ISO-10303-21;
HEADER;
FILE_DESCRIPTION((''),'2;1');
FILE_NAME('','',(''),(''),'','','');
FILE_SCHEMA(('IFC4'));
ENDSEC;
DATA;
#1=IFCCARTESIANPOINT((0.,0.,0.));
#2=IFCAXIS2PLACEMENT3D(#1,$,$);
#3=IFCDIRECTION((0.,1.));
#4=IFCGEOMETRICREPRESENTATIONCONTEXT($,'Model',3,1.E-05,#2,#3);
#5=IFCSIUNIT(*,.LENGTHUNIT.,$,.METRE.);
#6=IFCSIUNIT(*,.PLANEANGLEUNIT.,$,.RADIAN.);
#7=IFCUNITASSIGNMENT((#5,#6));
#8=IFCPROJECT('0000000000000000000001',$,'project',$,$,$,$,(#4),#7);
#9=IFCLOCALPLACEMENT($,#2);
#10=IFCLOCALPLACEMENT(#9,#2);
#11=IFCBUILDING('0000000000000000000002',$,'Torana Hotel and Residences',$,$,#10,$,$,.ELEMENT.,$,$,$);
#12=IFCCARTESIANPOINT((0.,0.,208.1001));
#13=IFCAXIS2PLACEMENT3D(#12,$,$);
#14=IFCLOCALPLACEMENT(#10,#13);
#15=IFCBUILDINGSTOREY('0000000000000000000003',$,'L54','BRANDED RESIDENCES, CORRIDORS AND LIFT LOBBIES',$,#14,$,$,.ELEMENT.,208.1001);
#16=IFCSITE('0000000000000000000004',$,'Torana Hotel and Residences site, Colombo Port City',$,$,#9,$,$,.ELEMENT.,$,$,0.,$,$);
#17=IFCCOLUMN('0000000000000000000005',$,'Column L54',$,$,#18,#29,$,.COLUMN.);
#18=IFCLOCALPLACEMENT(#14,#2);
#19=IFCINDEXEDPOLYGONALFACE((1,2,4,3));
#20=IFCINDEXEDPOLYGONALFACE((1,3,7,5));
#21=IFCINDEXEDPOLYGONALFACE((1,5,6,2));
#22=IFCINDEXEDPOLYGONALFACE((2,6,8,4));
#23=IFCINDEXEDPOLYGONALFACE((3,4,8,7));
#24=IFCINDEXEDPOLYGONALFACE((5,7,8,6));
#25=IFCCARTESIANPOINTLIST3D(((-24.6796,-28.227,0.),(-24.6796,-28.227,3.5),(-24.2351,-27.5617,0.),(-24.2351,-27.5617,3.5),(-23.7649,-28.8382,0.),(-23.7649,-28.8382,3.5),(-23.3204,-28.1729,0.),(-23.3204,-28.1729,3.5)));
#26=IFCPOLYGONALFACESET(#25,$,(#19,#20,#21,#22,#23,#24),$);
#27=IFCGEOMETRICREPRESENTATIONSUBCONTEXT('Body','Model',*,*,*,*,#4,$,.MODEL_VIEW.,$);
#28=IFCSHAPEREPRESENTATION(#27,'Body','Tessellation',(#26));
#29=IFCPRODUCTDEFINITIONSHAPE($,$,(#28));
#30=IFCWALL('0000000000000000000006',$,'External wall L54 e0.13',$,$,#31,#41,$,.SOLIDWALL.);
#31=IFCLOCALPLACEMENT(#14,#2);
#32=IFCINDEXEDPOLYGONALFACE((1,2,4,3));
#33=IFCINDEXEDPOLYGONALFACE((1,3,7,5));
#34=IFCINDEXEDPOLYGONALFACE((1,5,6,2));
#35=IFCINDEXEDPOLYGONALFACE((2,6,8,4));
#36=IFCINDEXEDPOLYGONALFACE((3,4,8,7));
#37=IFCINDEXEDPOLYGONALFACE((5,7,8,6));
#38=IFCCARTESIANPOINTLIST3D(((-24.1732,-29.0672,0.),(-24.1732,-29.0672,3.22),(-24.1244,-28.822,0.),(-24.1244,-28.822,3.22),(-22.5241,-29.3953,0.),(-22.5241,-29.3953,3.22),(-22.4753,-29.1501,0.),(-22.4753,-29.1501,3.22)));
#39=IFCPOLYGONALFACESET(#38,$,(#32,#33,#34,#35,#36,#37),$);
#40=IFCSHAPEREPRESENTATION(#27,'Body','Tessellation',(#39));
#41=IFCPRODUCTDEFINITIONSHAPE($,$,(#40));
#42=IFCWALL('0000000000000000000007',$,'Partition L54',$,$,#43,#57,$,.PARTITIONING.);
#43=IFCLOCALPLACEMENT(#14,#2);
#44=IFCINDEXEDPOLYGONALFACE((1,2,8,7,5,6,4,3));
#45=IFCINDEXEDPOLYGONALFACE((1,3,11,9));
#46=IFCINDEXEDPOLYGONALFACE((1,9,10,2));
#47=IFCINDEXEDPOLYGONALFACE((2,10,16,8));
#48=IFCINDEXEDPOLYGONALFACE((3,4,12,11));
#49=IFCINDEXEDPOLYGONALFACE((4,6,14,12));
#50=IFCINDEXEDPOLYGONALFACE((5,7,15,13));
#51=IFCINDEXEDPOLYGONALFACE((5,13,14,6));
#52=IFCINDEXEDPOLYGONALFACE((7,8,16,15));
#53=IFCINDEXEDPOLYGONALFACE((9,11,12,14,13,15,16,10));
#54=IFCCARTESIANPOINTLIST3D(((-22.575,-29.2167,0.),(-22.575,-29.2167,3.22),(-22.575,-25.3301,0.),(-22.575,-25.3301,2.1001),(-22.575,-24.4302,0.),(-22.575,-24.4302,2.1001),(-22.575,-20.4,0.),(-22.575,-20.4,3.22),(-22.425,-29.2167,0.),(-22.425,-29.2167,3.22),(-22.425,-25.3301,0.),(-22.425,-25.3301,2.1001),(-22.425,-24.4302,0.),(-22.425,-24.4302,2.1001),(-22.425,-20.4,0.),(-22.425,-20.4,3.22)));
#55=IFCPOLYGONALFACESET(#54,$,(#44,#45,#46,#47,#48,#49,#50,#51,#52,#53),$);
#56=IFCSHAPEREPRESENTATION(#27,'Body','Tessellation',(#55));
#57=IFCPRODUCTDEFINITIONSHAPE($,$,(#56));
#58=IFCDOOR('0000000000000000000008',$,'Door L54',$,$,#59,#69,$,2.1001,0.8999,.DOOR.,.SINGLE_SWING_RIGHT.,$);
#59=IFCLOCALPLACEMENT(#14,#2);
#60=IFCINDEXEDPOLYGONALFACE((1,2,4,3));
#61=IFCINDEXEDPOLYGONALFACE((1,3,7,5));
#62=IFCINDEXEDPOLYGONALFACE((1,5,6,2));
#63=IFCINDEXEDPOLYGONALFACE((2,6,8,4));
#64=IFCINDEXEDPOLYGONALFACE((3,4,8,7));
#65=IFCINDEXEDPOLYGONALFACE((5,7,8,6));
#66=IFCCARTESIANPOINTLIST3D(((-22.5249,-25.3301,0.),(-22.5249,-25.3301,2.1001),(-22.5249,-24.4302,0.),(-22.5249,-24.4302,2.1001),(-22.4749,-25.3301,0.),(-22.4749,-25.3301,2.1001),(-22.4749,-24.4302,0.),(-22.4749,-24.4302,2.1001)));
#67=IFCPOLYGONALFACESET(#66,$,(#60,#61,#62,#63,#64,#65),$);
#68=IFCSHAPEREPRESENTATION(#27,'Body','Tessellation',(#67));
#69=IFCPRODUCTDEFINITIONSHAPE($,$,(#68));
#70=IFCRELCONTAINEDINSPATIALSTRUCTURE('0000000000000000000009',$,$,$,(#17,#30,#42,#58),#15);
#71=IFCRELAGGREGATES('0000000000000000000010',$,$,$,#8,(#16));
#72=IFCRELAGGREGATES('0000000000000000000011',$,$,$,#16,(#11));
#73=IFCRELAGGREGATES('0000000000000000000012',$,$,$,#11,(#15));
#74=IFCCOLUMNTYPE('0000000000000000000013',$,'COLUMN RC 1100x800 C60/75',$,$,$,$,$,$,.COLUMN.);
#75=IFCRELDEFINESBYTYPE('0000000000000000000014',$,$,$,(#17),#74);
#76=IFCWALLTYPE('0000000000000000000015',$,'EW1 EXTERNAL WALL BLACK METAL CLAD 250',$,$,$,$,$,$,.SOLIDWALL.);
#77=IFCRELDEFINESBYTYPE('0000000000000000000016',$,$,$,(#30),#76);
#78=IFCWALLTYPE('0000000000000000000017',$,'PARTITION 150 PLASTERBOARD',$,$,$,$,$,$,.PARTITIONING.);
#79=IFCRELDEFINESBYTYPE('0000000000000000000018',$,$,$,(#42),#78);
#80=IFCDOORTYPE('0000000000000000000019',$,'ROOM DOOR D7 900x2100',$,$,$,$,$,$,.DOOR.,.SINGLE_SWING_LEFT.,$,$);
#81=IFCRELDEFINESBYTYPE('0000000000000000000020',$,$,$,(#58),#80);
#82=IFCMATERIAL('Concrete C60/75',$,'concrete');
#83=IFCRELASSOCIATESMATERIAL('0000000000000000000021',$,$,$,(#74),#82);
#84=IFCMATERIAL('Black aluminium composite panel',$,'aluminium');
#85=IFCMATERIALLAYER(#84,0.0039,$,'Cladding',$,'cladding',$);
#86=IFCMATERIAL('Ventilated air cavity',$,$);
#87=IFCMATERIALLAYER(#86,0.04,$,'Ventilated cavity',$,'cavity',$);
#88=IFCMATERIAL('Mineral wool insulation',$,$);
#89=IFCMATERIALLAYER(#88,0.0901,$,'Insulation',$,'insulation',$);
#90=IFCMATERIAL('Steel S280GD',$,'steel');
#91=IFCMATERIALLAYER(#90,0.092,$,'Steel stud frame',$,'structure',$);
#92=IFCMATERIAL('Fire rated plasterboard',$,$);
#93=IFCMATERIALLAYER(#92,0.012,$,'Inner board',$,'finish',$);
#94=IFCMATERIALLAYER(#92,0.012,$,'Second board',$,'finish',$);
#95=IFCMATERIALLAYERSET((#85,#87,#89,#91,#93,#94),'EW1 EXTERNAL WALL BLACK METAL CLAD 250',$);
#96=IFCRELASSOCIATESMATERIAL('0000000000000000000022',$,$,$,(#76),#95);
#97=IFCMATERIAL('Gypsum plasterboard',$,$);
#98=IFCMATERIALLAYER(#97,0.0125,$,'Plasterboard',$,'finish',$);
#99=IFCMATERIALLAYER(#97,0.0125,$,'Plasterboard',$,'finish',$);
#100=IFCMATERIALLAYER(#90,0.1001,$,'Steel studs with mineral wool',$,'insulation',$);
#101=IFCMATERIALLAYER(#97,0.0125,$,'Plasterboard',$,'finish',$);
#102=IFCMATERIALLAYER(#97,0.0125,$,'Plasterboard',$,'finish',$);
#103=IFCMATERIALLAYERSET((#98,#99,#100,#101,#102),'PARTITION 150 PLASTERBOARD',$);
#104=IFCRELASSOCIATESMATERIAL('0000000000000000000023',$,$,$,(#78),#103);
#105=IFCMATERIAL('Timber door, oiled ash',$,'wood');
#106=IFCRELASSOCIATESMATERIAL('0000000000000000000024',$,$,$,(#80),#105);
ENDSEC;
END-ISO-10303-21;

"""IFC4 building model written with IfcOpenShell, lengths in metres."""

from ifc_helpers import new_model, si_unit, direction, frame, frame_2d, origin, origin_2d, place, context, subcontext, project, spatial, rectangle, extrude, material, layer, layer_set, material_profile, profile_set, type_object, element, fill, save


model = new_model("IFC4")

# Units and contexts
model_context = context("Model", 3, precision=1e-05, world=origin(), true_north=direction((0.0, 1.0)))
body_context = subcontext(model_context, "Body", "Model", "MODEL_VIEW")
ifc_project = project(units=[si_unit("LENGTHUNIT", "METRE"), si_unit("PLANEANGLEUNIT", "RADIAN")], contexts=[model_context])

# Site, building, storey
site_placement = place(None, origin())
site = spatial("IfcSite", under=ifc_project, at=site_placement, Name="Torana Hotel and Residences site, Colombo Port City", CompositionType="ELEMENT", RefElevation=0.0)
building_placement = place(site_placement, origin())
building = spatial("IfcBuilding", under=site, at=building_placement, Name="Torana Hotel and Residences", CompositionType="ELEMENT")
storey_placement = place(building_placement, frame((0.0, 0.0, 208.1001)))
storey = spatial("IfcBuildingStorey", under=building, at=storey_placement, Name="L54", Description="BRANDED RESIDENCES, CORRIDORS AND LIFT LOBBIES", CompositionType="ELEMENT", Elevation=208.1001)

# Column
ifc_material_1 = material(Name="Concrete C60/75", Category="concrete")
ifc_material_profile = material_profile(ifc_material_1, rectangle(XDim=1.1001, YDim=0.8, at=origin_2d()), Name="RC 1100x800")
ifc_profile_set = profile_set([ifc_material_profile], Name="Concrete C60/75")
column_type = type_object("IfcColumnType", Name="COLUMN RC 1100x800 C60/75", PredefinedType="COLUMN", material=ifc_profile_set)
column_placement = place(storey_placement, frame((-24.0, -28.2, 0.0), z_axis=(0.0, 0.0, 1.0), x_axis=(-0.83146, 0.555585, 0.0)))
element("IfcColumn", 1, at=column_placement, inside=storey, type_object=column_type, Name="Column L54", PredefinedType="COLUMN", context=body_context, shape_type="SweptSolid", body=[
    extrude(rectangle(XDim=1.1001, YDim=0.8, at=origin_2d()), origin(), (0.0, 0.0, 1.0), 3.5),
])

# Wall
ifc_material_2 = material(Name="Black aluminium composite panel", Category="aluminium")
ifc_layer_1 = layer(ifc_material_2, 0.0039, Name="Cladding", Category="cladding")
ifc_material_3 = material(Name="Ventilated air cavity")
ifc_layer_2 = layer(ifc_material_3, 0.04, Name="Ventilated cavity", Category="cavity")
ifc_material_4 = material(Name="Mineral wool insulation")
ifc_layer_3 = layer(ifc_material_4, 0.0901, Name="Insulation", Category="insulation")
ifc_material_5 = material(Name="Steel S280GD", Category="steel")
ifc_layer_4 = layer(ifc_material_5, 0.092, Name="Steel stud frame", Category="structure")
ifc_material_6 = material(Name="Fire rated plasterboard")
ifc_layer_5 = layer(ifc_material_6, 0.012, Name="Inner board", Category="finish")
ifc_layer_6 = layer(ifc_material_6, 0.012, Name="Second board", Category="finish")
ifc_layer_set_1 = layer_set([ifc_layer_1, ifc_layer_2, ifc_layer_3, ifc_layer_4, ifc_layer_5, ifc_layer_6], Name="EW1 EXTERNAL WALL BLACK METAL CLAD 250")
wall_type_1 = type_object("IfcWallType", Name="EW1 EXTERNAL WALL BLACK METAL CLAD 250", PredefinedType="SOLIDWALL", material=ifc_layer_set_1)
wall_1_placement = place(storey_placement, frame((-24.1489, -28.9446, 0.0), z_axis=(0.0, 0.0, 1.0), x_axis=(0.980776, -0.195139, 0.0)))
element("IfcWall", 2, at=wall_1_placement, inside=storey, type_object=wall_type_1, Name="External wall L54 e0.13", PredefinedType="SOLIDWALL", context=body_context, shape_type="SweptSolid", body=[
    extrude(rectangle(XDim=1.6814, YDim=0.25, at=frame_2d((0.8408, 0.0))), origin(), (0.0, 0.0, 1.0), 3.22),
])

# Wall, opening, door
ifc_material_7 = material(Name="Gypsum plasterboard")
ifc_layer_7 = layer(ifc_material_7, 0.0125, Name="Plasterboard", Category="finish")
ifc_layer_8 = layer(ifc_material_7, 0.0125, Name="Plasterboard", Category="finish")
ifc_layer_9 = layer(ifc_material_5, 0.1001, Name="Steel studs with mineral wool", Category="insulation")
ifc_layer_10 = layer(ifc_material_7, 0.0125, Name="Plasterboard", Category="finish")
ifc_layer_11 = layer(ifc_material_7, 0.0125, Name="Plasterboard", Category="finish")
ifc_layer_set_2 = layer_set([ifc_layer_7, ifc_layer_8, ifc_layer_9, ifc_layer_10, ifc_layer_11], Name="PARTITION 150 PLASTERBOARD")
wall_type_2 = type_object("IfcWallType", Name="PARTITION 150 PLASTERBOARD", PredefinedType="PARTITIONING", material=ifc_layer_set_2)
wall_2_placement = place(storey_placement, frame((-22.5, -29.2166, 0.0), z_axis=(0.0, 0.0, 1.0), x_axis=(0.0, 1.0, 0.0)))
wall_2 = element("IfcWall", 3, at=wall_2_placement, inside=storey, type_object=wall_type_2, Name="Partition L54", PredefinedType="PARTITIONING", context=body_context, shape_type="SweptSolid", body=[
    extrude(rectangle(XDim=8.8167, YDim=0.1499, at=frame_2d((4.4082, 0.0))), origin(), (0.0, 0.0, 1.0), 3.22),
])
opening_1_placement = place(wall_2_placement, frame((3.8865, 0.0, 0.0)))
opening_1 = element("IfcOpeningElement", 4, at=opening_1_placement, cuts=wall_2, PredefinedType="OPENING", context=body_context, shape_type="SweptSolid", body=[
    extrude(rectangle(XDim=0.8999, YDim=2.1001, at=frame_2d((0.45, 1.05))), frame((0.0, 0.085, 0.0), z_axis=(0.0, -1.0, 0.0), x_axis=(1.0, 0.0, 0.0)), (0.0, 0.0, 1.0), 0.1699),
])
ifc_material_8 = material(Name="Timber door, oiled ash", Category="wood")
door_type_1 = type_object("IfcDoorType", Name="ROOM DOOR D7 900x2100", OperationType="SINGLE_SWING_LEFT", PredefinedType="DOOR", material=ifc_material_8)
door_1_placement = place(opening_1_placement, origin())
door_1 = element("IfcDoor", 5, at=door_1_placement, inside=storey, type_object=door_type_1, Name="Door L54", OperationType="SINGLE_SWING_RIGHT", OverallHeight=2.1001, OverallWidth=0.8999, PredefinedType="DOOR", context=body_context, shape_type="SweptSolid", body=[
    extrude(rectangle(XDim=0.8999, YDim=2.1001, at=frame_2d((0.45, 1.05))), frame((0.0, 0.0249, 0.0), z_axis=(0.0, -1.0, 0.0), x_axis=(1.0, 0.0, 0.0)), (0.0, 0.0, 1.0), 0.05),
])
fill(opening_1, door_1)

save(model, "model.ifc")
